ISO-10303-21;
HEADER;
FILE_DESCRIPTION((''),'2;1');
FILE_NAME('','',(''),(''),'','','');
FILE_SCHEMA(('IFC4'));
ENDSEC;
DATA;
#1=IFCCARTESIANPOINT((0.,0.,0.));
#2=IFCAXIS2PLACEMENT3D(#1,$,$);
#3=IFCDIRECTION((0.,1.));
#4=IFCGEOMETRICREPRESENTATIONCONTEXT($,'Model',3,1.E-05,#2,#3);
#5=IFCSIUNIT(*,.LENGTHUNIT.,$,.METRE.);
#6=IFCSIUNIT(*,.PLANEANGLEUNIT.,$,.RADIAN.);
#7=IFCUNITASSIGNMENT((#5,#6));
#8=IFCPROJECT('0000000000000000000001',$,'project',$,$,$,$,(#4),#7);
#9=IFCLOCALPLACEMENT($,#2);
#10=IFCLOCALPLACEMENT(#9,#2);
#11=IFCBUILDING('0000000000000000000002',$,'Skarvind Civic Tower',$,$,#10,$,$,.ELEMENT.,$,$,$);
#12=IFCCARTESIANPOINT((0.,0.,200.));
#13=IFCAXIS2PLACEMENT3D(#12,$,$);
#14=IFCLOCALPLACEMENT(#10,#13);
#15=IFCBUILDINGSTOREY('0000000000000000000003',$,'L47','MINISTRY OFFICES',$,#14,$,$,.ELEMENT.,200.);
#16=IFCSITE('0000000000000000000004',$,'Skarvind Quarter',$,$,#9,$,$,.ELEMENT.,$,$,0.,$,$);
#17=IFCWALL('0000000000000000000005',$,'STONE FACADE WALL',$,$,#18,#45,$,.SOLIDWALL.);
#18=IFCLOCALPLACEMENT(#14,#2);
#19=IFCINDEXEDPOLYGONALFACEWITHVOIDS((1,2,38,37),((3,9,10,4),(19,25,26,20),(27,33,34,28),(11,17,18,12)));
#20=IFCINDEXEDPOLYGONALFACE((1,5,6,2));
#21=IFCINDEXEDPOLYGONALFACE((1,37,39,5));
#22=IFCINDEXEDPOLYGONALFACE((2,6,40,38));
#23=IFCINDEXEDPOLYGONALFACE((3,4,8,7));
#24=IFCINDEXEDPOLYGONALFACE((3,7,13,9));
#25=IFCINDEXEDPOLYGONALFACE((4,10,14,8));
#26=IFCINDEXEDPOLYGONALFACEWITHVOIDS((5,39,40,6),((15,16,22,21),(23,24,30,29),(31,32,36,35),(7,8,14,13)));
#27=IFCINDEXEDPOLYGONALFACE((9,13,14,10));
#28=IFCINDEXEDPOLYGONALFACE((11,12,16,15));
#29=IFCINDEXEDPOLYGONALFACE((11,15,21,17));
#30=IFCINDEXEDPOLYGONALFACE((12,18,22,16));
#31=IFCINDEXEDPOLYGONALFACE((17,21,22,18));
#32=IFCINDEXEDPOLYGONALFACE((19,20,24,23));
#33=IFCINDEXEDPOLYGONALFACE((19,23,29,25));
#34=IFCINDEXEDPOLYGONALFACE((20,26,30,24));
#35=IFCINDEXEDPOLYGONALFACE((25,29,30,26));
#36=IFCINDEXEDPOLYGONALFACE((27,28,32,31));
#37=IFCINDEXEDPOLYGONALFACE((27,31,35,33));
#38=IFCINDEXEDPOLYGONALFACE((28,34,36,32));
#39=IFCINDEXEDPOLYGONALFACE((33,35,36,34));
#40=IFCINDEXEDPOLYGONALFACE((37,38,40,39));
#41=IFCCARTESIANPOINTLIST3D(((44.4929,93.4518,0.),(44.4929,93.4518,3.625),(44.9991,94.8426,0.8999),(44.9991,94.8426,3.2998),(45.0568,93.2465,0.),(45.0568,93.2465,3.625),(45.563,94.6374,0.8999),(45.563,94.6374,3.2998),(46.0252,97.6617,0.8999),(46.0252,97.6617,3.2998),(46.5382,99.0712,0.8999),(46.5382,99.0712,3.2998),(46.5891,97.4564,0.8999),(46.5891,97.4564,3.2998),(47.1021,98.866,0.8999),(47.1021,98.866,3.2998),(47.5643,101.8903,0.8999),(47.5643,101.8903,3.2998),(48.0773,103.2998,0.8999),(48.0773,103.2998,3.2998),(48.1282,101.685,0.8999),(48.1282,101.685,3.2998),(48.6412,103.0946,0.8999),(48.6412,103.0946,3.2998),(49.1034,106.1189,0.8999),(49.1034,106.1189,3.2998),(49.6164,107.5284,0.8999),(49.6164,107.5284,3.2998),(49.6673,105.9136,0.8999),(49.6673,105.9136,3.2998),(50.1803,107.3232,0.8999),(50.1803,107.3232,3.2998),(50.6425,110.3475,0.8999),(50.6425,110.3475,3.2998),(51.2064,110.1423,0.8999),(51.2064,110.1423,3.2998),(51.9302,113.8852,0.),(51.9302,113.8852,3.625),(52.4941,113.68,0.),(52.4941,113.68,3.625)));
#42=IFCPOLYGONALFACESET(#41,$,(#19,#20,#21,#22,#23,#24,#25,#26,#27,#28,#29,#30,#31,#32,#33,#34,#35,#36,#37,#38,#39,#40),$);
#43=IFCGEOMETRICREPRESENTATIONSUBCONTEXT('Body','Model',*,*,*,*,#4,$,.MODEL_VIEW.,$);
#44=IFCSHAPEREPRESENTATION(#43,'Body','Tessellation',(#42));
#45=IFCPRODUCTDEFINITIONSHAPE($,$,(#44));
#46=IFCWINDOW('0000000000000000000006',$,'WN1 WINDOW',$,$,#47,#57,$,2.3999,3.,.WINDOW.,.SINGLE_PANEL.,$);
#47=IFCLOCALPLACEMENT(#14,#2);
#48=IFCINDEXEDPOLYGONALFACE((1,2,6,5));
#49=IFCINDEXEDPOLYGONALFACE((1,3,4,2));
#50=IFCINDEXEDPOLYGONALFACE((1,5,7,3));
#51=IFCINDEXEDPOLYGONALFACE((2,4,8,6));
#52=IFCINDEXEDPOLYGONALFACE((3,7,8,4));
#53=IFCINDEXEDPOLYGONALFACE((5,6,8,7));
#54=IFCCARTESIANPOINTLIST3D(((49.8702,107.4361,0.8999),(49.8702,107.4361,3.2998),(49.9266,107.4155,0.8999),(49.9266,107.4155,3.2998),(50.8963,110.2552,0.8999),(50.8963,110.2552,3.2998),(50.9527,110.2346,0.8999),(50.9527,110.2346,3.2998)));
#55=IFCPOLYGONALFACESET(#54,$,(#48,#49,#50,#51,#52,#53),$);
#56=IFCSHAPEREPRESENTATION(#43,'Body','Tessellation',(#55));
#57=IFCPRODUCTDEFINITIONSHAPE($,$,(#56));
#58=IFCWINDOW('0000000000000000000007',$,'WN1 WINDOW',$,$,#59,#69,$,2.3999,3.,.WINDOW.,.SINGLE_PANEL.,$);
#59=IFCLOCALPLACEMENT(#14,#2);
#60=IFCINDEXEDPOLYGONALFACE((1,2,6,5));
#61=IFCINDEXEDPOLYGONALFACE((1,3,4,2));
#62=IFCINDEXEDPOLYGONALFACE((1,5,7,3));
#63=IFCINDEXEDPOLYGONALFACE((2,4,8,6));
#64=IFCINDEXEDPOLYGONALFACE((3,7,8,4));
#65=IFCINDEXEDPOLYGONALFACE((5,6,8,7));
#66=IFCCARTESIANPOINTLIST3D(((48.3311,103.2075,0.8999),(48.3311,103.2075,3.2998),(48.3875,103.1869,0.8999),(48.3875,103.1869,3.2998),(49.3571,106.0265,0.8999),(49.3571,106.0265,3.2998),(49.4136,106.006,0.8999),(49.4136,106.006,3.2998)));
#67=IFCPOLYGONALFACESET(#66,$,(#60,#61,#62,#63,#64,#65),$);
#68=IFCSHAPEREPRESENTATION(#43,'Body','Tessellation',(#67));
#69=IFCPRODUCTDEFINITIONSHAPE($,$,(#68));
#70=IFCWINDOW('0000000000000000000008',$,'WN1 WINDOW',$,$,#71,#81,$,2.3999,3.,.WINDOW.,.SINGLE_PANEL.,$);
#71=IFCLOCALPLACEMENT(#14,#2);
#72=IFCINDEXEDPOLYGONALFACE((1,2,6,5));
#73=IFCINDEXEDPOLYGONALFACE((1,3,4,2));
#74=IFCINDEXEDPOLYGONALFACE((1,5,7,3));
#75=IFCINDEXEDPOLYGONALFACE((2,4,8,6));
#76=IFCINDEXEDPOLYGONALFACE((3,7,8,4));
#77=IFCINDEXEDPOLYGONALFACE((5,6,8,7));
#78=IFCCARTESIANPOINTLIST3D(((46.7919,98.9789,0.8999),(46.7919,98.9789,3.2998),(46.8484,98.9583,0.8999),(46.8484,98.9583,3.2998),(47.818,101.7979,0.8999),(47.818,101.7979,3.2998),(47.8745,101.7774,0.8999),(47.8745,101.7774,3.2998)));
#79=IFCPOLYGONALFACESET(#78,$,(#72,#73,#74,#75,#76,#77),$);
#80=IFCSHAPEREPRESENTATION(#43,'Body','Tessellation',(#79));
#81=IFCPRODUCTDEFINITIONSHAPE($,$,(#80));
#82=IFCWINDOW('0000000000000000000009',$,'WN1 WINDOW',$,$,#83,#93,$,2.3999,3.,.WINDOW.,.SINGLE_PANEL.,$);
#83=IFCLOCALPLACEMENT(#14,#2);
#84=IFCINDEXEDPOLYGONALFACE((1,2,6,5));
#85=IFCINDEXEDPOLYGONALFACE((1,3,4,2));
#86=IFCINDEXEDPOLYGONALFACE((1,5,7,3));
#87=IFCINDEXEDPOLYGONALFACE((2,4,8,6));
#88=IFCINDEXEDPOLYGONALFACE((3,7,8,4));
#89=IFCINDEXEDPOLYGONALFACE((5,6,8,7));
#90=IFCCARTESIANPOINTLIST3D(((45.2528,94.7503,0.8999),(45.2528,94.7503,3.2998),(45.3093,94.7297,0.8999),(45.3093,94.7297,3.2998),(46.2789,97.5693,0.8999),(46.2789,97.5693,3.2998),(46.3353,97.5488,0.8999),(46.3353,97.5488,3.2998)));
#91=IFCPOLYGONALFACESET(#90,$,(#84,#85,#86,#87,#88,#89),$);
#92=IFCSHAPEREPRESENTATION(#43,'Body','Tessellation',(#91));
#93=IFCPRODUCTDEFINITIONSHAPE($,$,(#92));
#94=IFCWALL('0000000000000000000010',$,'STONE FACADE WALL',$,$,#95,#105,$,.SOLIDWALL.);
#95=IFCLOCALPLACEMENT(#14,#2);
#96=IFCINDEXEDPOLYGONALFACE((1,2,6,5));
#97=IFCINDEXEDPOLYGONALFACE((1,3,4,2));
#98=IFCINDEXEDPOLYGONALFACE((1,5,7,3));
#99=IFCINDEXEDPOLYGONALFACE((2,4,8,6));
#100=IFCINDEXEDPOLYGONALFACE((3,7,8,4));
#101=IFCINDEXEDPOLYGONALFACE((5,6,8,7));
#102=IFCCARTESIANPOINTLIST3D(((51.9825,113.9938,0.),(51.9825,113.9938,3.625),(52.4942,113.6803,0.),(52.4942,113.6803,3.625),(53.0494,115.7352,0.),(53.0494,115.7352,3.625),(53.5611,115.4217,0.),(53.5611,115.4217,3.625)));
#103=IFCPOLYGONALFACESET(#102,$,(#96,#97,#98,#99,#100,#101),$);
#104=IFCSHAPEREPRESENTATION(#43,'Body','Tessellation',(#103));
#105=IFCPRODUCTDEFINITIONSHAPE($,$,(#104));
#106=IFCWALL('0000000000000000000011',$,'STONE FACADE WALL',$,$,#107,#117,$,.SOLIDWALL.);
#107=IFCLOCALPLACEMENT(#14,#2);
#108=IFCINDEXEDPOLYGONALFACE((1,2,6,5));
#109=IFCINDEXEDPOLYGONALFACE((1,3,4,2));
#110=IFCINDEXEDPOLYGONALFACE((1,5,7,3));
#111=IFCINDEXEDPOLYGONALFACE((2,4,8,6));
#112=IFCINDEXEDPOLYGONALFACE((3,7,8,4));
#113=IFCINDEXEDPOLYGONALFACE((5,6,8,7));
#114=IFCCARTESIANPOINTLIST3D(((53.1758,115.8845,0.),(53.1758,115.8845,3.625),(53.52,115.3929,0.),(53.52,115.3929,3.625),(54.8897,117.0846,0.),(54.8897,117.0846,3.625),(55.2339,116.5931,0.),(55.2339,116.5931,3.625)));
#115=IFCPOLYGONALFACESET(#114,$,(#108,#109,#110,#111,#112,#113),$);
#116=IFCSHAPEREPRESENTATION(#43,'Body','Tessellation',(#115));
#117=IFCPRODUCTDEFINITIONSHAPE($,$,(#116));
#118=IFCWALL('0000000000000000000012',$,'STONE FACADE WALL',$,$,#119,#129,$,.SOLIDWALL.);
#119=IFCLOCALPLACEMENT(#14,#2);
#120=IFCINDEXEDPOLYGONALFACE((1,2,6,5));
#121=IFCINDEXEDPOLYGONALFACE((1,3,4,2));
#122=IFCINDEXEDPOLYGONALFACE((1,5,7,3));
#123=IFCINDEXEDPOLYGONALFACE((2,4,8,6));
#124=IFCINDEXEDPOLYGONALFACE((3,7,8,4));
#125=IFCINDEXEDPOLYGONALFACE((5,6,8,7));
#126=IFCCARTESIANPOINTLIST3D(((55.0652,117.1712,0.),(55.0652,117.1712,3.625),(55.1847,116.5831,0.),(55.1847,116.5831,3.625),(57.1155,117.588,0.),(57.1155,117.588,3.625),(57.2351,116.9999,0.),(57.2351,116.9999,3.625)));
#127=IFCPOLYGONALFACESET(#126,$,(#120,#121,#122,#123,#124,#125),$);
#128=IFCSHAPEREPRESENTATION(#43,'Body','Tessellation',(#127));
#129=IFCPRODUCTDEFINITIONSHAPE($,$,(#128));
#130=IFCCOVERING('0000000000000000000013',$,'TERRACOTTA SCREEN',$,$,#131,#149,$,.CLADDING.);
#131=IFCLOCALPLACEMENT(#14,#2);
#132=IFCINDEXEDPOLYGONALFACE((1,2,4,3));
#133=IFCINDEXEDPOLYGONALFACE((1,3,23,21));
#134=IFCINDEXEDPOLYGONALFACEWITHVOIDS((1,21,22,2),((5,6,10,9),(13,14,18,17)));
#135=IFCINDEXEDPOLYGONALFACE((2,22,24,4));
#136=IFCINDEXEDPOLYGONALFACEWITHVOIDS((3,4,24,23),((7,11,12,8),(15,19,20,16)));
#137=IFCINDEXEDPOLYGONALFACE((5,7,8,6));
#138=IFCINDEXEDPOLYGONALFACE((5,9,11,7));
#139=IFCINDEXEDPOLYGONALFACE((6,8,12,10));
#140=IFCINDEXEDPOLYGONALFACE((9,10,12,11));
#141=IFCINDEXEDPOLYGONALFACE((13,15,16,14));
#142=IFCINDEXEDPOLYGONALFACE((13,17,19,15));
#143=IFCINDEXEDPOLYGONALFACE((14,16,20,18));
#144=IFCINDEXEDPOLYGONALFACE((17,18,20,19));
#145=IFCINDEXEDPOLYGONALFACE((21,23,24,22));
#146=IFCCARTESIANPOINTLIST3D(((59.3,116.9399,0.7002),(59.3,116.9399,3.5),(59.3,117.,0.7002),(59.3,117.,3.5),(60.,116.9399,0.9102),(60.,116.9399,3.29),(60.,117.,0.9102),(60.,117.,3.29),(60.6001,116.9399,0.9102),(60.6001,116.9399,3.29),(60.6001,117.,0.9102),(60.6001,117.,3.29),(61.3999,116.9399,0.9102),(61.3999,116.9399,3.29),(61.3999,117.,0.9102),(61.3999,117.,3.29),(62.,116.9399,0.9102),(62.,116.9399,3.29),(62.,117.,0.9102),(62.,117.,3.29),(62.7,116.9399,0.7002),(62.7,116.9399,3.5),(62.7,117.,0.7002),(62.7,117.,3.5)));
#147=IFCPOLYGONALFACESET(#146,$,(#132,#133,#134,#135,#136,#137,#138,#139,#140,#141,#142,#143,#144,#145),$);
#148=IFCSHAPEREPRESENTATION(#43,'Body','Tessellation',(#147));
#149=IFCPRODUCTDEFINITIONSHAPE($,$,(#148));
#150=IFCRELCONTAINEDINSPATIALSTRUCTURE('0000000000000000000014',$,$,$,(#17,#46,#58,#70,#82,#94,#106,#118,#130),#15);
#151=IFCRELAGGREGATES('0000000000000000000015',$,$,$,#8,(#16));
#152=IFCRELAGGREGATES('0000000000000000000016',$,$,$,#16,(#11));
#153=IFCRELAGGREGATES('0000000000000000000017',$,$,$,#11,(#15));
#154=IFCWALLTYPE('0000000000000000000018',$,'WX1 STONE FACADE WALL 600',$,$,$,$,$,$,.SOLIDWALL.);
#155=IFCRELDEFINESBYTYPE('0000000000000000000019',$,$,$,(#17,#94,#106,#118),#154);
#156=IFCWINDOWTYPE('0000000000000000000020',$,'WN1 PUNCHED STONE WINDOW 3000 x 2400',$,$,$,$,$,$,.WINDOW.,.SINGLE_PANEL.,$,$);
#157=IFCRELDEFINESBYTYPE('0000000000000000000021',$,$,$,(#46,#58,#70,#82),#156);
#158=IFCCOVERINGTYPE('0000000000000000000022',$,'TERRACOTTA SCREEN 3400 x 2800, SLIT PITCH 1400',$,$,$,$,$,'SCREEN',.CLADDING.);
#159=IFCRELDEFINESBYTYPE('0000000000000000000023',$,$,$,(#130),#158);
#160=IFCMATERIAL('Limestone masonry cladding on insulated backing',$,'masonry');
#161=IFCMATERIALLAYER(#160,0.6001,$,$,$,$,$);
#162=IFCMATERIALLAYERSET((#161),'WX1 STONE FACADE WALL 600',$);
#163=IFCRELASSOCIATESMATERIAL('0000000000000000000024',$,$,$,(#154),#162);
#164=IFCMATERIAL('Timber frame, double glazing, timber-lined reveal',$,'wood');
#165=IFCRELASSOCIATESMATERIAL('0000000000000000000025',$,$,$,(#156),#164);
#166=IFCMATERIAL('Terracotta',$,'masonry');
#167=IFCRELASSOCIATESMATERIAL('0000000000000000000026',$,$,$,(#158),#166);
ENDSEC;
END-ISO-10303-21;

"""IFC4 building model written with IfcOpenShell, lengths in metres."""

from ifc_helpers import new_model, si_unit, direction, frame, frame_2d, origin, place, context, subcontext, project, spatial, polyline, rectangle, outline, extrude, material, layer, layer_set, material_profile, profile_set, type_object, element, fill, save


model = new_model("IFC4")

# Units and contexts
model_context = context("Model", 3, precision=1e-05, world=origin(), true_north=direction((0.0, 1.0)))
body_context = subcontext(model_context, "Body", "Model", "MODEL_VIEW")
ifc_project = project(units=[si_unit("LENGTHUNIT", "METRE"), si_unit("PLANEANGLEUNIT", "RADIAN")], contexts=[model_context])

# Site, building, storey
site_placement = place(None, origin())
site = spatial("IfcSite", under=ifc_project, at=site_placement, Name="Skarvind Quarter", CompositionType="ELEMENT", RefElevation=0.0)
building_placement = place(site_placement, origin())
building = spatial("IfcBuilding", under=site, at=building_placement, Name="Skarvind Civic Tower", CompositionType="ELEMENT")
storey_placement = place(building_placement, frame((0.0, 0.0, 200.0)))
storey = spatial("IfcBuildingStorey", under=building, at=storey_placement, Name="L47", Description="MINISTRY OFFICES", CompositionType="ELEMENT", Elevation=200.0)

# Wall, openings, windows
ifc_material_1 = material(Name="Limestone masonry cladding on insulated backing", Category="masonry")
ifc_layer_1 = layer(ifc_material_1, 0.6001)
ifc_layer_set_1 = layer_set([ifc_layer_1], Name="WX1 STONE FACADE WALL 600")
wall_type_1 = type_object("IfcWallType", Name="WX1 STONE FACADE WALL 600", PredefinedType="SOLIDWALL", material=ifc_layer_set_1)
wall_1_placement = place(storey_placement, frame((52.2122, 113.7827, 0.0), z_axis=(0.0, 0.0, 1.0), x_axis=(-0.342025, -0.939691, 0.0)))
wall_1 = element("IfcWall", 1, at=wall_1_placement, inside=storey, type_object=wall_type_1, Name="STONE FACADE WALL", PredefinedType="SOLIDWALL", context=body_context, shape_type="SweptSolid", body=[
    extrude(rectangle(XDim=21.7449, YDim=0.6001, at=frame_2d((10.8726, 0.0))), origin(), (0.0, 0.0, 1.0), 3.625),
])
opening_1_placement = place(wall_1_placement, frame((3.7649, 0.0, 0.8999)))
opening_1 = element("IfcOpeningElement", 2, at=opening_1_placement, cuts=wall_1, PredefinedType="OPENING", context=body_context, shape_type="SweptSolid", body=[
    extrude(rectangle(XDim=3.0, YDim=2.3999, at=frame_2d((1.5, 1.2))), frame((0.0, 0.3101, 0.0), z_axis=(0.0, -1.0, 0.0), x_axis=(1.0, 0.0, 0.0)), (0.0, 0.0, 1.0), 0.6201),
])
opening_2_placement = place(wall_1_placement, frame((8.2649, 0.0, 0.8999)))
opening_2 = element("IfcOpeningElement", 3, at=opening_2_placement, cuts=wall_1, PredefinedType="OPENING", context=body_context, shape_type="SweptSolid", body=[
    extrude(rectangle(XDim=3.0, YDim=2.3999, at=frame_2d((1.5, 1.2))), frame((0.0, 0.3101, 0.0), z_axis=(0.0, -1.0, 0.0), x_axis=(1.0, 0.0, 0.0)), (0.0, 0.0, 1.0), 0.6201),
])
opening_3_placement = place(wall_1_placement, frame((12.7649, 0.0, 0.8999)))
opening_3 = element("IfcOpeningElement", 4, at=opening_3_placement, cuts=wall_1, PredefinedType="OPENING", context=body_context, shape_type="SweptSolid", body=[
    extrude(rectangle(XDim=3.0, YDim=2.3999, at=frame_2d((1.5, 1.2))), frame((0.0, 0.3101, 0.0), z_axis=(0.0, -1.0, 0.0), x_axis=(1.0, 0.0, 0.0)), (0.0, 0.0, 1.0), 0.6201),
])
opening_4_placement = place(wall_1_placement, frame((17.2649, 0.0, 0.8999)))
opening_4 = element("IfcOpeningElement", 5, at=opening_4_placement, cuts=wall_1, PredefinedType="OPENING", context=body_context, shape_type="SweptSolid", body=[
    extrude(rectangle(XDim=3.0, YDim=2.3999, at=frame_2d((1.5, 1.2))), frame((0.0, 0.3101, 0.0), z_axis=(0.0, -1.0, 0.0), x_axis=(1.0, 0.0, 0.0)), (0.0, 0.0, 1.0), 0.6201),
])
ifc_material_2 = material(Name="Timber frame, double glazing, timber-lined reveal", Category="wood")
window_type = type_object("IfcWindowType", Name="WN1 PUNCHED STONE WINDOW 3000 x 2400", PartitioningType="SINGLE_PANEL", PredefinedType="WINDOW", material=ifc_material_2)
window_1_placement = place(opening_1_placement, origin())
window_1 = element("IfcWindow", 6, at=window_1_placement, inside=storey, type_object=window_type, Name="WN1 WINDOW", OverallHeight=2.3999, OverallWidth=3.0, PartitioningType="SINGLE_PANEL", PredefinedType="WINDOW", context=body_context, shape_type="SweptSolid", body=[
    extrude(rectangle(XDim=3.0, YDim=2.3999, at=frame_2d((1.5, 1.2))), frame((0.0, 0.03, 0.0), z_axis=(0.0, -1.0, 0.0), x_axis=(1.0, 0.0, 0.0)), (0.0, 0.0, 1.0), 0.0601),
])
fill(opening_1, window_1)
window_2_placement = place(opening_2_placement, origin())
window_2 = element("IfcWindow", 7, at=window_2_placement, inside=storey, type_object=window_type, Name="WN1 WINDOW", OverallHeight=2.3999, OverallWidth=3.0, PartitioningType="SINGLE_PANEL", PredefinedType="WINDOW", context=body_context, shape_type="SweptSolid", body=[
    extrude(rectangle(XDim=3.0, YDim=2.3999, at=frame_2d((1.5, 1.2))), frame((0.0, 0.03, 0.0), z_axis=(0.0, -1.0, 0.0), x_axis=(1.0, 0.0, 0.0)), (0.0, 0.0, 1.0), 0.0601),
])
fill(opening_2, window_2)
window_3_placement = place(opening_3_placement, origin())
window_3 = element("IfcWindow", 8, at=window_3_placement, inside=storey, type_object=window_type, Name="WN1 WINDOW", OverallHeight=2.3999, OverallWidth=3.0, PartitioningType="SINGLE_PANEL", PredefinedType="WINDOW", context=body_context, shape_type="SweptSolid", body=[
    extrude(rectangle(XDim=3.0, YDim=2.3999, at=frame_2d((1.5, 1.2))), frame((0.0, 0.03, 0.0), z_axis=(0.0, -1.0, 0.0), x_axis=(1.0, 0.0, 0.0)), (0.0, 0.0, 1.0), 0.0601),
])
fill(opening_3, window_3)
window_4_placement = place(opening_4_placement, origin())
window_4 = element("IfcWindow", 9, at=window_4_placement, inside=storey, type_object=window_type, Name="WN1 WINDOW", OverallHeight=2.3999, OverallWidth=3.0, PartitioningType="SINGLE_PANEL", PredefinedType="WINDOW", context=body_context, shape_type="SweptSolid", body=[
    extrude(rectangle(XDim=3.0, YDim=2.3999, at=frame_2d((1.5, 1.2))), frame((0.0, 0.03, 0.0), z_axis=(0.0, -1.0, 0.0), x_axis=(1.0, 0.0, 0.0)), (0.0, 0.0, 1.0), 0.0601),
])
fill(opening_4, window_4)

# Walls
wall_2_placement = place(storey_placement, frame((53.3052, 115.5784, 0.0), z_axis=(0.0, 0.0, 1.0), x_axis=(-0.522402, -0.852699, 0.0)))
element("IfcWall", 10, at=wall_2_placement, inside=storey, type_object=wall_type_1, Name="STONE FACADE WALL", PredefinedType="SOLIDWALL", context=body_context, shape_type="SweptSolid", body=[
    extrude(rectangle(XDim=2.0422, YDim=0.6001, at=frame_2d((1.021, 0.0))), origin(), (0.0, 0.0, 1.0), 3.625),
])
for number, where, z_axis, x_axis, name in (
    (11, (55.0618, 116.8389, 0.0), (0.0, 0.0, 1.0), (-0.819122, -0.573619, 0.0), "STONE FACADE WALL"),
    (12, (57.1753, 117.2939, 0.0), (0.0, 0.0, 1.0), (-0.979961, -0.199189, 0.0), "STONE FACADE WALL"),
):
    element("IfcWall", number, at=place(storey_placement, frame(where, z_axis=z_axis, x_axis=x_axis)), inside=storey, type_object=wall_type_1, Name=name, PredefinedType="SOLIDWALL", context=body_context, shape_type="SweptSolid", body=[
        extrude(rectangle(XDim=2.0923, YDim=0.6001, at=frame_2d((1.0461, 0.0))), origin(), (0.0, 0.0, 1.0), 3.625),
    ])

# Covering
ifc_material_3 = material(Name="Terracotta", Category="masonry")
ifc_material_profile_1 = material_profile(ifc_material_3, outline(polyline([(-1.7, -1.3999), (1.7, -1.3999), (1.7, 1.3999), (-1.7, 1.3999), (-1.7, -1.3999)]), holes=[polyline([(-1.0, -1.1899), (-0.3999, -1.1899), (-0.3999, 1.1899), (-1.0, 1.1899), (-1.0, -1.1899)]), polyline([(0.3999, -1.1899), (1.0, -1.1899), (1.0, 1.1899), (0.3999, 1.1899), (0.3999, -1.1899)])]), Name="TERRACOTTA SCREEN 3400 x 2800, SLIT PITCH 1400")
ifc_profile_set_1 = profile_set([ifc_material_profile_1], Name="Terracotta")
covering_type_1 = type_object("IfcCoveringType", Name="TERRACOTTA SCREEN 3400 x 2800, SLIT PITCH 1400", ElementType="SCREEN", PredefinedType="CLADDING", material=ifc_profile_set_1)
covering_1_placement = place(storey_placement, frame((61.0, 117.0, 2.1001), z_axis=(0.0, -1.0, 0.0), x_axis=(1.0, 0.0, 0.0)))
element("IfcCovering", 13, at=covering_1_placement, inside=storey, type_object=covering_type_1, Name="TERRACOTTA SCREEN", PredefinedType="CLADDING", context=body_context, shape_type="SweptSolid", body=[
    extrude(outline(polyline([(-1.7, -1.3999), (1.7, -1.3999), (1.7, 1.3999), (-1.7, 1.3999), (-1.7, -1.3999)]), holes=[polyline([(-1.0, -1.1899), (-0.3999, -1.1899), (-0.3999, 1.1899), (-1.0, 1.1899), (-1.0, -1.1899)]), polyline([(0.3999, -1.1899), (1.0, -1.1899), (1.0, 1.1899), (0.3999, 1.1899), (0.3999, -1.1899)])]), origin(), (0.0, 0.0, 1.0), 0.0601),
])

save(model, "model.ifc")
